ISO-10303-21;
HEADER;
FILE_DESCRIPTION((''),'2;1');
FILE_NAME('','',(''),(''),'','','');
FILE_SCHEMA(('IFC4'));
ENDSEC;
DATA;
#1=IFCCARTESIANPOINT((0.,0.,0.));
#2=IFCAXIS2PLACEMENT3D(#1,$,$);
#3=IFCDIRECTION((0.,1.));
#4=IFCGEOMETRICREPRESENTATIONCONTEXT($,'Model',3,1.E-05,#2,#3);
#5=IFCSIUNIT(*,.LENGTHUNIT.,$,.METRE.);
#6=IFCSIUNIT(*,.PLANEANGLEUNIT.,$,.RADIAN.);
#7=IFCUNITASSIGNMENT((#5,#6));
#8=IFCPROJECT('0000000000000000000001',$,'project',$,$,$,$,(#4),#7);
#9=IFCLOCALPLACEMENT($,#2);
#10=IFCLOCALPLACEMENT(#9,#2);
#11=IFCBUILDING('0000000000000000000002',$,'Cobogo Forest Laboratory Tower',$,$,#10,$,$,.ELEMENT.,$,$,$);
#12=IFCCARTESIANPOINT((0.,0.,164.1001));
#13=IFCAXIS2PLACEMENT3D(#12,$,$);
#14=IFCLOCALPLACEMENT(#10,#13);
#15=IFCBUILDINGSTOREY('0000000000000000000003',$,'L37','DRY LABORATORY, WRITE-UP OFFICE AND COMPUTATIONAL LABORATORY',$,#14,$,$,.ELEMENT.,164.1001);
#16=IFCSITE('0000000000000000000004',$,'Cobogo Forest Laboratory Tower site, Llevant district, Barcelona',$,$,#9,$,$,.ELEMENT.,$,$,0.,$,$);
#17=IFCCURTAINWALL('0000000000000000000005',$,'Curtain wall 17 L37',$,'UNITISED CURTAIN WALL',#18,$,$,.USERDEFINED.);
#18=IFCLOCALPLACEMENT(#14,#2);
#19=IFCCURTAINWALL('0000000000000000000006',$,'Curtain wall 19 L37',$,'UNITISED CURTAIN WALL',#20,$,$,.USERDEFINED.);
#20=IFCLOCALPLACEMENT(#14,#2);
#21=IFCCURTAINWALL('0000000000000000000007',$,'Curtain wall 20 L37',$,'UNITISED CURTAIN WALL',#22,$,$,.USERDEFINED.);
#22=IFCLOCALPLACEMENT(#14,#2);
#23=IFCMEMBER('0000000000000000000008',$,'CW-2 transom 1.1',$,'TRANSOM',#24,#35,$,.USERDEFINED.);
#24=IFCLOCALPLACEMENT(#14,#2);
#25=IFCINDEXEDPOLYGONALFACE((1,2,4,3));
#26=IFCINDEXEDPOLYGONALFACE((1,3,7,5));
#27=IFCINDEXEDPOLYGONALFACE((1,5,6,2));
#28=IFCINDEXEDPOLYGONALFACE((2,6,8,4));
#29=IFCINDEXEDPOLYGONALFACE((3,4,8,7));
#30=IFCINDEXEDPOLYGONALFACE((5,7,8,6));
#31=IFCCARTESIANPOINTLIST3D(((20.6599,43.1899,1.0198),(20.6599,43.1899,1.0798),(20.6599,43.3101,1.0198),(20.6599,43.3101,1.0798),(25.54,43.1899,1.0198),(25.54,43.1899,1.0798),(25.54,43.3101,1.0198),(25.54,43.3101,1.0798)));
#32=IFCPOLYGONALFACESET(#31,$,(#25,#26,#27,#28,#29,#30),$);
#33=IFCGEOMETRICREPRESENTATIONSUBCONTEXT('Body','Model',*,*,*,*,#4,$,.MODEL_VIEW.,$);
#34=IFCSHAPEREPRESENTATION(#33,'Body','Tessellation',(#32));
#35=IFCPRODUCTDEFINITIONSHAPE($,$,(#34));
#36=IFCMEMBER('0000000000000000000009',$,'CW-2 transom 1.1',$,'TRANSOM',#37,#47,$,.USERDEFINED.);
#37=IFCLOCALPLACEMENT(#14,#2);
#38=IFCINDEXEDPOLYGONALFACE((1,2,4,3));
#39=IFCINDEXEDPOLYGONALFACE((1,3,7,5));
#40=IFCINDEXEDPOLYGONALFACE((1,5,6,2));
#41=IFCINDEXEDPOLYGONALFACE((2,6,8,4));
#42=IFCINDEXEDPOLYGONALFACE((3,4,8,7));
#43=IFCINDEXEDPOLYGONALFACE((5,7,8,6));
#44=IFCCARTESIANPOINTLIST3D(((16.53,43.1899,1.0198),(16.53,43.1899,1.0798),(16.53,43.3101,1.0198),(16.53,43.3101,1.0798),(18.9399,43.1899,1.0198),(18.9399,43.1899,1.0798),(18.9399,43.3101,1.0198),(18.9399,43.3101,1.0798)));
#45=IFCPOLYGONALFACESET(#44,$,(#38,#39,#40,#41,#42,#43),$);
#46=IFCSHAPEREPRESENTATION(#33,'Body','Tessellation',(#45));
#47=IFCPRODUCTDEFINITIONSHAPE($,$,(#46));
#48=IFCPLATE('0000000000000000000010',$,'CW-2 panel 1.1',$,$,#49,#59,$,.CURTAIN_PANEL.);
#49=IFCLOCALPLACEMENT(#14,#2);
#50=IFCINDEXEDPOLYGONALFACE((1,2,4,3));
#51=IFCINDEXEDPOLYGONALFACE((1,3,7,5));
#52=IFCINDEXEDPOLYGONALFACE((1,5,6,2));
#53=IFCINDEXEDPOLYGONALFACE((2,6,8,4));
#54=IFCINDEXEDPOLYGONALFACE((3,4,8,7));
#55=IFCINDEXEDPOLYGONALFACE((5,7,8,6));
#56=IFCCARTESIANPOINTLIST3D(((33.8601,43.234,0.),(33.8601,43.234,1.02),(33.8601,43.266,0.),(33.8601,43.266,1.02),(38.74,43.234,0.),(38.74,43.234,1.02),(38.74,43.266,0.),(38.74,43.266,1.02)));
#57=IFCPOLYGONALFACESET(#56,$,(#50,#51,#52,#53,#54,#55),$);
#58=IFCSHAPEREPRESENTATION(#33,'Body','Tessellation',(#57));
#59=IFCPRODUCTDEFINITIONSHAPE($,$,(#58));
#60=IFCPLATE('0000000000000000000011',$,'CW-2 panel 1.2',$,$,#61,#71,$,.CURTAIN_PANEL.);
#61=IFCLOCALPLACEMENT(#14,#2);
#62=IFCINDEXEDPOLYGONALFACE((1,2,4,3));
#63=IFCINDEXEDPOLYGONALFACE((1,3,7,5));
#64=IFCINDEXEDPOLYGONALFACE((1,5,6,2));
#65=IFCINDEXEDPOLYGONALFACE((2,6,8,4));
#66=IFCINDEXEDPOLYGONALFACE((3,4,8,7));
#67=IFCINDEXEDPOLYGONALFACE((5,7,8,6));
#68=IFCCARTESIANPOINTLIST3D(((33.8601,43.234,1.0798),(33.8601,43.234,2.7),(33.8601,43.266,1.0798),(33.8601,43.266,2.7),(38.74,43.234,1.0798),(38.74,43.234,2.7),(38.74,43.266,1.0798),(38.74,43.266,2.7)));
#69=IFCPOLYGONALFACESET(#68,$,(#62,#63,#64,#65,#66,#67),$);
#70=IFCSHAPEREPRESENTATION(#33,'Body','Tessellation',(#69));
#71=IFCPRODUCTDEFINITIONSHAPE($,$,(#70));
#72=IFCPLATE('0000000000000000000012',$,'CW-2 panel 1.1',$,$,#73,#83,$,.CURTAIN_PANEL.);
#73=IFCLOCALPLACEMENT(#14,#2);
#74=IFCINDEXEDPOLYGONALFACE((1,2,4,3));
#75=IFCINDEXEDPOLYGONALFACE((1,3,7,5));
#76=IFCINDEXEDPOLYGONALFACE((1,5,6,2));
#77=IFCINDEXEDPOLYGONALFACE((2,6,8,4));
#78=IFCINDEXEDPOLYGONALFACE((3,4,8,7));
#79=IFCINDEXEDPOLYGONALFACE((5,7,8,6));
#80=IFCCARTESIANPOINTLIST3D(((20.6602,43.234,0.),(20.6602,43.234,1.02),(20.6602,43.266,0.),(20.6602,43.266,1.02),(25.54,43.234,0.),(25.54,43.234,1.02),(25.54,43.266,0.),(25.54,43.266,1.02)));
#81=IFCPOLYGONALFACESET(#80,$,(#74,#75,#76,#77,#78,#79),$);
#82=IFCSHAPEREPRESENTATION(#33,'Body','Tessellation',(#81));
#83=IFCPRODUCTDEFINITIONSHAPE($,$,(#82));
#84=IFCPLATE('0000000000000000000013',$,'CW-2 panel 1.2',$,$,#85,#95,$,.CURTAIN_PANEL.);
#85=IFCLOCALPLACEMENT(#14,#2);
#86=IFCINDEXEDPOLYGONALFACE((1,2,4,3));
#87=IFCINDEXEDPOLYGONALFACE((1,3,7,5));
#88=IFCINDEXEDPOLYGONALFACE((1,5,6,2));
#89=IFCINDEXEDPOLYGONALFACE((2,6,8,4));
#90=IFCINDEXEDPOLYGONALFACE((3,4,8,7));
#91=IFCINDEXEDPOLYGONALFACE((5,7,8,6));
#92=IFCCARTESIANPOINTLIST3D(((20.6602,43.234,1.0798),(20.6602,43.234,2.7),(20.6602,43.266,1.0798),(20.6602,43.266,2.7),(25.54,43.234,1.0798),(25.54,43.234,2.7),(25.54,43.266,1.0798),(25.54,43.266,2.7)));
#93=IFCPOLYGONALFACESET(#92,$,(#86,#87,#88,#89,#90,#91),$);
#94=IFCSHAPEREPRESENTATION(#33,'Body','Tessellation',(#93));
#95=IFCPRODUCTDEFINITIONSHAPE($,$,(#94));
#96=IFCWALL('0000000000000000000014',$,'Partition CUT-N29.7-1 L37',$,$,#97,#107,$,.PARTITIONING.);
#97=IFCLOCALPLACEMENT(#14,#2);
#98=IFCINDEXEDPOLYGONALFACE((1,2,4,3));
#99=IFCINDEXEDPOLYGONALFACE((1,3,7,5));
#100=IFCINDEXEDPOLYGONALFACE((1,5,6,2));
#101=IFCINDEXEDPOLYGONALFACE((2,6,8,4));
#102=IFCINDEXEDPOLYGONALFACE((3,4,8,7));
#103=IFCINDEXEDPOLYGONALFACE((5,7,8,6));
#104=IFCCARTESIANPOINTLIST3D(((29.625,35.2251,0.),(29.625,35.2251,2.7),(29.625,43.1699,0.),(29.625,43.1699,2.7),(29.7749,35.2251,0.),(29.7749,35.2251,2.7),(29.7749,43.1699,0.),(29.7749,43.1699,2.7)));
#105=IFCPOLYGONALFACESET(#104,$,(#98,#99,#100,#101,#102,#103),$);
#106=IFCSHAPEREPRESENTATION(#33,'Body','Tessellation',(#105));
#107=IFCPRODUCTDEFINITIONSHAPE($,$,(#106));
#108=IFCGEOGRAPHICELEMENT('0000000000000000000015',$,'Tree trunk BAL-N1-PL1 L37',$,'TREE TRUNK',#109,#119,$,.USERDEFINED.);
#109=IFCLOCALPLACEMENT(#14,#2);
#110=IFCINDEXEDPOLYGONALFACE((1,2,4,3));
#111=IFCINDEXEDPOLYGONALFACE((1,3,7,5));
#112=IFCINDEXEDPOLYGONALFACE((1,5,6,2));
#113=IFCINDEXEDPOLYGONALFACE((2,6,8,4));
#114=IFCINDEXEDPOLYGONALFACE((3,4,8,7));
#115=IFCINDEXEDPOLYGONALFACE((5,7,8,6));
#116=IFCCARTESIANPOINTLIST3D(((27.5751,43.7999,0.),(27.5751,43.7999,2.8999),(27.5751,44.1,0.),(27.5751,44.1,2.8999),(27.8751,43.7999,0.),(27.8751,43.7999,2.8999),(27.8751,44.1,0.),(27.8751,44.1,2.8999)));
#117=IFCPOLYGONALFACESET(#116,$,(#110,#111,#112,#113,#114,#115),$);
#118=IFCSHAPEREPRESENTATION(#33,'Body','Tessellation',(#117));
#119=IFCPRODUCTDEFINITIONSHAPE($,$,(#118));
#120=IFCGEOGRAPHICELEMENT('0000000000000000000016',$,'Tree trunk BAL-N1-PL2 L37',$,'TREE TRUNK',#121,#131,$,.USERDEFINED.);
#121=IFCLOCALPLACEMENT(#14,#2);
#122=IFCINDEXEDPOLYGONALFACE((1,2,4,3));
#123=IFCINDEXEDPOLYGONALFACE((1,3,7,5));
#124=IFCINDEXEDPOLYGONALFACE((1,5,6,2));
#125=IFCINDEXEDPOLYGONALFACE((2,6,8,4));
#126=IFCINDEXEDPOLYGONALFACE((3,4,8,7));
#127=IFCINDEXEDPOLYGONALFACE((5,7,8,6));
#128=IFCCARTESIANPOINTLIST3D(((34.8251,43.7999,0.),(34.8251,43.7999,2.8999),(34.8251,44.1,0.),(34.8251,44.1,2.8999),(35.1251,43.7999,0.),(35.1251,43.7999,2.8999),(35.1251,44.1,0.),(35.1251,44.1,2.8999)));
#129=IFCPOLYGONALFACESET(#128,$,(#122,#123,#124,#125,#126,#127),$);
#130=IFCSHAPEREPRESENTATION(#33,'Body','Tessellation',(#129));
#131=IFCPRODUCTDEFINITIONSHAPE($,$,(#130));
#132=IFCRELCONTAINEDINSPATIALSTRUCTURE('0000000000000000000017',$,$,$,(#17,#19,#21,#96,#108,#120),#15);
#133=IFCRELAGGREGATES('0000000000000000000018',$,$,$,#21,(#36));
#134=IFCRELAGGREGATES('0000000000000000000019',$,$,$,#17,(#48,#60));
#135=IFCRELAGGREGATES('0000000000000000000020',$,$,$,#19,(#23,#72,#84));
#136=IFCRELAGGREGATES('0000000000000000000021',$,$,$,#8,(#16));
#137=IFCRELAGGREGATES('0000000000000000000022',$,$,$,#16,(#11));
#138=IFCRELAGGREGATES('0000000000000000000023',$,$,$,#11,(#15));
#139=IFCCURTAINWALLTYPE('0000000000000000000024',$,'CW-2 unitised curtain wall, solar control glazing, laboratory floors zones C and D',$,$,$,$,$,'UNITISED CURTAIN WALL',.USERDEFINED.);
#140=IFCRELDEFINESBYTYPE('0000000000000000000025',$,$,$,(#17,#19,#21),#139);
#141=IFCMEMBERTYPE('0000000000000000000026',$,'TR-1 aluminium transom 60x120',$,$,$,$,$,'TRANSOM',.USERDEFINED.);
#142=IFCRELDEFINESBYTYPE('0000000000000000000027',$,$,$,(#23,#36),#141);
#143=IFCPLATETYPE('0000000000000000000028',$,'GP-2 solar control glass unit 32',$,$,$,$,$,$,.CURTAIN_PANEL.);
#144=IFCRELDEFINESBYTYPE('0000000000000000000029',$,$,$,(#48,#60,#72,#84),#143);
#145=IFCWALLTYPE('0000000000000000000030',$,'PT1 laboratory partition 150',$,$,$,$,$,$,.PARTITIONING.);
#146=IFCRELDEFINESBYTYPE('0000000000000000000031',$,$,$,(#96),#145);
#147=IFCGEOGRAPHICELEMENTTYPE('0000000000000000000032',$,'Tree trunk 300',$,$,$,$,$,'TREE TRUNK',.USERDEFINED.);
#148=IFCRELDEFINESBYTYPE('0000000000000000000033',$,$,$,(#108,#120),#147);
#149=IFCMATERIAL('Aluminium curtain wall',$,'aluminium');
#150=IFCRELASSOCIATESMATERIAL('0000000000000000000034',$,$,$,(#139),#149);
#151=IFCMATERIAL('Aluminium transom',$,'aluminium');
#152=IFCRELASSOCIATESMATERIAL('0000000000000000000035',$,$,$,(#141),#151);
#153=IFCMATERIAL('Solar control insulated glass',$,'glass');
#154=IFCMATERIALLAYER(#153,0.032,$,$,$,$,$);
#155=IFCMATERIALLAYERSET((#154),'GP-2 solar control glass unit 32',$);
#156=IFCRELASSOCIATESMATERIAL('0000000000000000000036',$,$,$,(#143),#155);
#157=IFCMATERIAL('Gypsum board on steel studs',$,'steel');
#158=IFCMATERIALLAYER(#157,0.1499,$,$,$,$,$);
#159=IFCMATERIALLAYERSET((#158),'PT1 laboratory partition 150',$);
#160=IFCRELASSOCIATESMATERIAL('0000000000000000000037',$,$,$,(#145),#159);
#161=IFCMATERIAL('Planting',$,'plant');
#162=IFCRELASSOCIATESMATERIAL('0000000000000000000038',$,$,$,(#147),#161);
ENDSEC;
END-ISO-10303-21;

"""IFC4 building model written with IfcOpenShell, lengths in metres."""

from ifc_helpers import new_model, si_unit, direction, frame, frame_2d, origin, origin_2d, place, context, subcontext, project, spatial, rectangle, extrude, material, layer, layer_set, material_profile, profile_set, type_object, element, aggregate, save


model = new_model("IFC4")

# Units and contexts
model_context = context("Model", 3, precision=1e-05, world=origin(), true_north=direction((0.0, 1.0)))
body_context = subcontext(model_context, "Body", "Model", "MODEL_VIEW")
ifc_project = project(units=[si_unit("LENGTHUNIT", "METRE"), si_unit("PLANEANGLEUNIT", "RADIAN")], contexts=[model_context])

# Site, building, storey
site_placement = place(None, origin())
site = spatial("IfcSite", under=ifc_project, at=site_placement, Name="Cobogo Forest Laboratory Tower site, Llevant district, Barcelona", CompositionType="ELEMENT", RefElevation=0.0)
building_placement = place(site_placement, origin())
building = spatial("IfcBuilding", under=site, at=building_placement, Name="Cobogo Forest Laboratory Tower", CompositionType="ELEMENT")
storey_placement = place(building_placement, frame((0.0, 0.0, 164.1001)))
storey = spatial("IfcBuildingStorey", under=building, at=storey_placement, Name="L37", Description="DRY LABORATORY, WRITE-UP OFFICE AND COMPUTATIONAL LABORATORY", CompositionType="ELEMENT", Elevation=164.1001)

# Curtain walls
ifc_material_1 = material(Name="Aluminium curtain wall", Category="aluminium")
curtain_wall_type = type_object("IfcCurtainWallType", Name="CW-2 unitised curtain wall, solar control glazing, laboratory floors zones C and D", ElementType="UNITISED CURTAIN WALL", PredefinedType="USERDEFINED", material=ifc_material_1)
curtain_wall_1_placement = place(storey_placement, origin())
curtain_wall_1 = element("IfcCurtainWall", 1, at=curtain_wall_1_placement, inside=storey, type_object=curtain_wall_type, Name="Curtain wall 17 L37", ObjectType="UNITISED CURTAIN WALL", PredefinedType="USERDEFINED")
curtain_wall_2_placement = place(storey_placement, origin())
curtain_wall_2 = element("IfcCurtainWall", 2, at=curtain_wall_2_placement, inside=storey, type_object=curtain_wall_type, Name="Curtain wall 19 L37", ObjectType="UNITISED CURTAIN WALL", PredefinedType="USERDEFINED")

# Curtain wall
curtain_wall_3_placement = place(storey_placement, origin())
curtain_wall_3 = element("IfcCurtainWall", 3, at=curtain_wall_3_placement, inside=storey, type_object=curtain_wall_type, Name="Curtain wall 20 L37", ObjectType="UNITISED CURTAIN WALL", PredefinedType="USERDEFINED")

# Members
ifc_material_2 = material(Name="Aluminium transom", Category="aluminium")
ifc_material_profile_1 = material_profile(ifc_material_2, rectangle(XDim=0.1201, YDim=0.0601, at=origin_2d()), Name="AL 60x120")
ifc_profile_set_1 = profile_set([ifc_material_profile_1], Name="Aluminium transom")
member_type_1 = type_object("IfcMemberType", Name="TR-1 aluminium transom 60x120", ElementType="TRANSOM", PredefinedType="USERDEFINED", material=ifc_profile_set_1)
member_1_placement = place(storey_placement, frame((25.54, 43.25, 1.0498), z_axis=(-1.0, 0.0, 0.0), x_axis=(0.0, -1.0, 0.0)))
member_1 = element("IfcMember", 4, at=member_1_placement, type_object=member_type_1, Name="CW-2 transom 1.1", ObjectType="TRANSOM", PredefinedType="USERDEFINED", context=body_context, shape_type="SweptSolid", body=[
    extrude(rectangle(XDim=0.1201, YDim=0.0601, at=origin_2d()), origin(), (0.0, 0.0, 1.0), 4.8801),
])
member_2_placement = place(storey_placement, frame((18.9399, 43.25, 1.0498), z_axis=(-1.0, 0.0, 0.0), x_axis=(0.0, -1.0, 0.0)))
member_2 = element("IfcMember", 5, at=member_2_placement, type_object=member_type_1, Name="CW-2 transom 1.1", ObjectType="TRANSOM", PredefinedType="USERDEFINED", context=body_context, shape_type="SweptSolid", body=[
    extrude(rectangle(XDim=0.1201, YDim=0.0601, at=origin_2d()), origin(), (0.0, 0.0, 1.0), 2.4099),
])
aggregate(curtain_wall_3, [member_2])

# Plates
ifc_material_3 = material(Name="Solar control insulated glass", Category="glass")
ifc_layer_1 = layer(ifc_material_3, 0.032)
ifc_layer_set_1 = layer_set([ifc_layer_1], Name="GP-2 solar control glass unit 32")
plate_type_1 = type_object("IfcPlateType", Name="GP-2 solar control glass unit 32", PredefinedType="CURTAIN_PANEL", material=ifc_layer_set_1)
plate_1_placement = place(storey_placement, frame((36.3, 43.25, 0.0), z_axis=(0.0, 0.0, 1.0), x_axis=(-1.0, 0.0, 0.0)))
plate_1 = element("IfcPlate", 6, at=plate_1_placement, type_object=plate_type_1, Name="CW-2 panel 1.1", PredefinedType="CURTAIN_PANEL", context=body_context, shape_type="SweptSolid", body=[
    extrude(rectangle(XDim=4.8799, YDim=0.032, at=origin_2d()), origin(), (0.0, 0.0, 1.0), 1.02),
])
plate_2_placement = place(storey_placement, frame((36.3, 43.25, 1.0798), z_axis=(0.0, 0.0, 1.0), x_axis=(-1.0, 0.0, 0.0)))
plate_2 = element("IfcPlate", 7, at=plate_2_placement, type_object=plate_type_1, Name="CW-2 panel 1.2", PredefinedType="CURTAIN_PANEL", context=body_context, shape_type="SweptSolid", body=[
    extrude(rectangle(XDim=4.8799, YDim=0.032, at=origin_2d()), origin(), (0.0, 0.0, 1.0), 1.6201),
])
aggregate(curtain_wall_1, [plate_1, plate_2])
plate_3_placement = place(storey_placement, frame((23.1001, 43.25, 0.0), z_axis=(0.0, 0.0, 1.0), x_axis=(-1.0, 0.0, 0.0)))
plate_3 = element("IfcPlate", 8, at=plate_3_placement, type_object=plate_type_1, Name="CW-2 panel 1.1", PredefinedType="CURTAIN_PANEL", context=body_context, shape_type="SweptSolid", body=[
    extrude(rectangle(XDim=4.8799, YDim=0.032, at=origin_2d()), origin(), (0.0, 0.0, 1.0), 1.02),
])
plate_4_placement = place(storey_placement, frame((23.1001, 43.25, 1.0798), z_axis=(0.0, 0.0, 1.0), x_axis=(-1.0, 0.0, 0.0)))
plate_4 = element("IfcPlate", 9, at=plate_4_placement, type_object=plate_type_1, Name="CW-2 panel 1.2", PredefinedType="CURTAIN_PANEL", context=body_context, shape_type="SweptSolid", body=[
    extrude(rectangle(XDim=4.8799, YDim=0.032, at=origin_2d()), origin(), (0.0, 0.0, 1.0), 1.6201),
])
aggregate(curtain_wall_2, [member_1, plate_3, plate_4])

# Wall
ifc_material_4 = material(Name="Gypsum board on steel studs", Category="steel")
ifc_layer_2 = layer(ifc_material_4, 0.1499)
ifc_layer_set_2 = layer_set([ifc_layer_2], Name="PT1 laboratory partition 150")
wall_type_1 = type_object("IfcWallType", Name="PT1 laboratory partition 150", PredefinedType="PARTITIONING", material=ifc_layer_set_2)
wall_1_placement = place(storey_placement, frame((29.7, 43.1699, 0.0), z_axis=(0.0, 0.0, 1.0), x_axis=(0.0, -1.0, 0.0)))
element("IfcWall", 10, at=wall_1_placement, inside=storey, type_object=wall_type_1, Name="Partition CUT-N29.7-1 L37", PredefinedType="PARTITIONING", context=body_context, shape_type="SweptSolid", body=[
    extrude(rectangle(XDim=7.9448, YDim=0.1499, at=frame_2d((3.9724, 0.0))), origin(), (0.0, 0.0, 1.0), 2.7),
])

# Geographic elements
ifc_material_5 = material(Name="Planting", Category="plant")
geographic_element_type = type_object("IfcGeographicElementType", Name="Tree trunk 300", ElementType="TREE TRUNK", PredefinedType="USERDEFINED", material=ifc_material_5)
for number, where, z_axis, x_axis, name in (
    (11, (27.7251, 43.95, 0.0), (0.0, 0.0, 1.0), (1.0, 0.0, 0.0), "Tree trunk BAL-N1-PL1 L37"),
    (12, (34.9751, 43.95, 0.0), (0.0, 0.0, 1.0), (1.0, 0.0, 0.0), "Tree trunk BAL-N1-PL2 L37"),
):
    element("IfcGeographicElement", number, at=place(storey_placement, frame(where, z_axis=z_axis, x_axis=x_axis)), inside=storey, type_object=geographic_element_type, Name=name, ObjectType="TREE TRUNK", PredefinedType="USERDEFINED", context=body_context, shape_type="SweptSolid", body=[
        extrude(rectangle(XDim=0.3, YDim=0.3, at=origin_2d()), origin(), (0.0, 0.0, 1.0), 2.8999),
    ])

save(model, "model.ifc")
